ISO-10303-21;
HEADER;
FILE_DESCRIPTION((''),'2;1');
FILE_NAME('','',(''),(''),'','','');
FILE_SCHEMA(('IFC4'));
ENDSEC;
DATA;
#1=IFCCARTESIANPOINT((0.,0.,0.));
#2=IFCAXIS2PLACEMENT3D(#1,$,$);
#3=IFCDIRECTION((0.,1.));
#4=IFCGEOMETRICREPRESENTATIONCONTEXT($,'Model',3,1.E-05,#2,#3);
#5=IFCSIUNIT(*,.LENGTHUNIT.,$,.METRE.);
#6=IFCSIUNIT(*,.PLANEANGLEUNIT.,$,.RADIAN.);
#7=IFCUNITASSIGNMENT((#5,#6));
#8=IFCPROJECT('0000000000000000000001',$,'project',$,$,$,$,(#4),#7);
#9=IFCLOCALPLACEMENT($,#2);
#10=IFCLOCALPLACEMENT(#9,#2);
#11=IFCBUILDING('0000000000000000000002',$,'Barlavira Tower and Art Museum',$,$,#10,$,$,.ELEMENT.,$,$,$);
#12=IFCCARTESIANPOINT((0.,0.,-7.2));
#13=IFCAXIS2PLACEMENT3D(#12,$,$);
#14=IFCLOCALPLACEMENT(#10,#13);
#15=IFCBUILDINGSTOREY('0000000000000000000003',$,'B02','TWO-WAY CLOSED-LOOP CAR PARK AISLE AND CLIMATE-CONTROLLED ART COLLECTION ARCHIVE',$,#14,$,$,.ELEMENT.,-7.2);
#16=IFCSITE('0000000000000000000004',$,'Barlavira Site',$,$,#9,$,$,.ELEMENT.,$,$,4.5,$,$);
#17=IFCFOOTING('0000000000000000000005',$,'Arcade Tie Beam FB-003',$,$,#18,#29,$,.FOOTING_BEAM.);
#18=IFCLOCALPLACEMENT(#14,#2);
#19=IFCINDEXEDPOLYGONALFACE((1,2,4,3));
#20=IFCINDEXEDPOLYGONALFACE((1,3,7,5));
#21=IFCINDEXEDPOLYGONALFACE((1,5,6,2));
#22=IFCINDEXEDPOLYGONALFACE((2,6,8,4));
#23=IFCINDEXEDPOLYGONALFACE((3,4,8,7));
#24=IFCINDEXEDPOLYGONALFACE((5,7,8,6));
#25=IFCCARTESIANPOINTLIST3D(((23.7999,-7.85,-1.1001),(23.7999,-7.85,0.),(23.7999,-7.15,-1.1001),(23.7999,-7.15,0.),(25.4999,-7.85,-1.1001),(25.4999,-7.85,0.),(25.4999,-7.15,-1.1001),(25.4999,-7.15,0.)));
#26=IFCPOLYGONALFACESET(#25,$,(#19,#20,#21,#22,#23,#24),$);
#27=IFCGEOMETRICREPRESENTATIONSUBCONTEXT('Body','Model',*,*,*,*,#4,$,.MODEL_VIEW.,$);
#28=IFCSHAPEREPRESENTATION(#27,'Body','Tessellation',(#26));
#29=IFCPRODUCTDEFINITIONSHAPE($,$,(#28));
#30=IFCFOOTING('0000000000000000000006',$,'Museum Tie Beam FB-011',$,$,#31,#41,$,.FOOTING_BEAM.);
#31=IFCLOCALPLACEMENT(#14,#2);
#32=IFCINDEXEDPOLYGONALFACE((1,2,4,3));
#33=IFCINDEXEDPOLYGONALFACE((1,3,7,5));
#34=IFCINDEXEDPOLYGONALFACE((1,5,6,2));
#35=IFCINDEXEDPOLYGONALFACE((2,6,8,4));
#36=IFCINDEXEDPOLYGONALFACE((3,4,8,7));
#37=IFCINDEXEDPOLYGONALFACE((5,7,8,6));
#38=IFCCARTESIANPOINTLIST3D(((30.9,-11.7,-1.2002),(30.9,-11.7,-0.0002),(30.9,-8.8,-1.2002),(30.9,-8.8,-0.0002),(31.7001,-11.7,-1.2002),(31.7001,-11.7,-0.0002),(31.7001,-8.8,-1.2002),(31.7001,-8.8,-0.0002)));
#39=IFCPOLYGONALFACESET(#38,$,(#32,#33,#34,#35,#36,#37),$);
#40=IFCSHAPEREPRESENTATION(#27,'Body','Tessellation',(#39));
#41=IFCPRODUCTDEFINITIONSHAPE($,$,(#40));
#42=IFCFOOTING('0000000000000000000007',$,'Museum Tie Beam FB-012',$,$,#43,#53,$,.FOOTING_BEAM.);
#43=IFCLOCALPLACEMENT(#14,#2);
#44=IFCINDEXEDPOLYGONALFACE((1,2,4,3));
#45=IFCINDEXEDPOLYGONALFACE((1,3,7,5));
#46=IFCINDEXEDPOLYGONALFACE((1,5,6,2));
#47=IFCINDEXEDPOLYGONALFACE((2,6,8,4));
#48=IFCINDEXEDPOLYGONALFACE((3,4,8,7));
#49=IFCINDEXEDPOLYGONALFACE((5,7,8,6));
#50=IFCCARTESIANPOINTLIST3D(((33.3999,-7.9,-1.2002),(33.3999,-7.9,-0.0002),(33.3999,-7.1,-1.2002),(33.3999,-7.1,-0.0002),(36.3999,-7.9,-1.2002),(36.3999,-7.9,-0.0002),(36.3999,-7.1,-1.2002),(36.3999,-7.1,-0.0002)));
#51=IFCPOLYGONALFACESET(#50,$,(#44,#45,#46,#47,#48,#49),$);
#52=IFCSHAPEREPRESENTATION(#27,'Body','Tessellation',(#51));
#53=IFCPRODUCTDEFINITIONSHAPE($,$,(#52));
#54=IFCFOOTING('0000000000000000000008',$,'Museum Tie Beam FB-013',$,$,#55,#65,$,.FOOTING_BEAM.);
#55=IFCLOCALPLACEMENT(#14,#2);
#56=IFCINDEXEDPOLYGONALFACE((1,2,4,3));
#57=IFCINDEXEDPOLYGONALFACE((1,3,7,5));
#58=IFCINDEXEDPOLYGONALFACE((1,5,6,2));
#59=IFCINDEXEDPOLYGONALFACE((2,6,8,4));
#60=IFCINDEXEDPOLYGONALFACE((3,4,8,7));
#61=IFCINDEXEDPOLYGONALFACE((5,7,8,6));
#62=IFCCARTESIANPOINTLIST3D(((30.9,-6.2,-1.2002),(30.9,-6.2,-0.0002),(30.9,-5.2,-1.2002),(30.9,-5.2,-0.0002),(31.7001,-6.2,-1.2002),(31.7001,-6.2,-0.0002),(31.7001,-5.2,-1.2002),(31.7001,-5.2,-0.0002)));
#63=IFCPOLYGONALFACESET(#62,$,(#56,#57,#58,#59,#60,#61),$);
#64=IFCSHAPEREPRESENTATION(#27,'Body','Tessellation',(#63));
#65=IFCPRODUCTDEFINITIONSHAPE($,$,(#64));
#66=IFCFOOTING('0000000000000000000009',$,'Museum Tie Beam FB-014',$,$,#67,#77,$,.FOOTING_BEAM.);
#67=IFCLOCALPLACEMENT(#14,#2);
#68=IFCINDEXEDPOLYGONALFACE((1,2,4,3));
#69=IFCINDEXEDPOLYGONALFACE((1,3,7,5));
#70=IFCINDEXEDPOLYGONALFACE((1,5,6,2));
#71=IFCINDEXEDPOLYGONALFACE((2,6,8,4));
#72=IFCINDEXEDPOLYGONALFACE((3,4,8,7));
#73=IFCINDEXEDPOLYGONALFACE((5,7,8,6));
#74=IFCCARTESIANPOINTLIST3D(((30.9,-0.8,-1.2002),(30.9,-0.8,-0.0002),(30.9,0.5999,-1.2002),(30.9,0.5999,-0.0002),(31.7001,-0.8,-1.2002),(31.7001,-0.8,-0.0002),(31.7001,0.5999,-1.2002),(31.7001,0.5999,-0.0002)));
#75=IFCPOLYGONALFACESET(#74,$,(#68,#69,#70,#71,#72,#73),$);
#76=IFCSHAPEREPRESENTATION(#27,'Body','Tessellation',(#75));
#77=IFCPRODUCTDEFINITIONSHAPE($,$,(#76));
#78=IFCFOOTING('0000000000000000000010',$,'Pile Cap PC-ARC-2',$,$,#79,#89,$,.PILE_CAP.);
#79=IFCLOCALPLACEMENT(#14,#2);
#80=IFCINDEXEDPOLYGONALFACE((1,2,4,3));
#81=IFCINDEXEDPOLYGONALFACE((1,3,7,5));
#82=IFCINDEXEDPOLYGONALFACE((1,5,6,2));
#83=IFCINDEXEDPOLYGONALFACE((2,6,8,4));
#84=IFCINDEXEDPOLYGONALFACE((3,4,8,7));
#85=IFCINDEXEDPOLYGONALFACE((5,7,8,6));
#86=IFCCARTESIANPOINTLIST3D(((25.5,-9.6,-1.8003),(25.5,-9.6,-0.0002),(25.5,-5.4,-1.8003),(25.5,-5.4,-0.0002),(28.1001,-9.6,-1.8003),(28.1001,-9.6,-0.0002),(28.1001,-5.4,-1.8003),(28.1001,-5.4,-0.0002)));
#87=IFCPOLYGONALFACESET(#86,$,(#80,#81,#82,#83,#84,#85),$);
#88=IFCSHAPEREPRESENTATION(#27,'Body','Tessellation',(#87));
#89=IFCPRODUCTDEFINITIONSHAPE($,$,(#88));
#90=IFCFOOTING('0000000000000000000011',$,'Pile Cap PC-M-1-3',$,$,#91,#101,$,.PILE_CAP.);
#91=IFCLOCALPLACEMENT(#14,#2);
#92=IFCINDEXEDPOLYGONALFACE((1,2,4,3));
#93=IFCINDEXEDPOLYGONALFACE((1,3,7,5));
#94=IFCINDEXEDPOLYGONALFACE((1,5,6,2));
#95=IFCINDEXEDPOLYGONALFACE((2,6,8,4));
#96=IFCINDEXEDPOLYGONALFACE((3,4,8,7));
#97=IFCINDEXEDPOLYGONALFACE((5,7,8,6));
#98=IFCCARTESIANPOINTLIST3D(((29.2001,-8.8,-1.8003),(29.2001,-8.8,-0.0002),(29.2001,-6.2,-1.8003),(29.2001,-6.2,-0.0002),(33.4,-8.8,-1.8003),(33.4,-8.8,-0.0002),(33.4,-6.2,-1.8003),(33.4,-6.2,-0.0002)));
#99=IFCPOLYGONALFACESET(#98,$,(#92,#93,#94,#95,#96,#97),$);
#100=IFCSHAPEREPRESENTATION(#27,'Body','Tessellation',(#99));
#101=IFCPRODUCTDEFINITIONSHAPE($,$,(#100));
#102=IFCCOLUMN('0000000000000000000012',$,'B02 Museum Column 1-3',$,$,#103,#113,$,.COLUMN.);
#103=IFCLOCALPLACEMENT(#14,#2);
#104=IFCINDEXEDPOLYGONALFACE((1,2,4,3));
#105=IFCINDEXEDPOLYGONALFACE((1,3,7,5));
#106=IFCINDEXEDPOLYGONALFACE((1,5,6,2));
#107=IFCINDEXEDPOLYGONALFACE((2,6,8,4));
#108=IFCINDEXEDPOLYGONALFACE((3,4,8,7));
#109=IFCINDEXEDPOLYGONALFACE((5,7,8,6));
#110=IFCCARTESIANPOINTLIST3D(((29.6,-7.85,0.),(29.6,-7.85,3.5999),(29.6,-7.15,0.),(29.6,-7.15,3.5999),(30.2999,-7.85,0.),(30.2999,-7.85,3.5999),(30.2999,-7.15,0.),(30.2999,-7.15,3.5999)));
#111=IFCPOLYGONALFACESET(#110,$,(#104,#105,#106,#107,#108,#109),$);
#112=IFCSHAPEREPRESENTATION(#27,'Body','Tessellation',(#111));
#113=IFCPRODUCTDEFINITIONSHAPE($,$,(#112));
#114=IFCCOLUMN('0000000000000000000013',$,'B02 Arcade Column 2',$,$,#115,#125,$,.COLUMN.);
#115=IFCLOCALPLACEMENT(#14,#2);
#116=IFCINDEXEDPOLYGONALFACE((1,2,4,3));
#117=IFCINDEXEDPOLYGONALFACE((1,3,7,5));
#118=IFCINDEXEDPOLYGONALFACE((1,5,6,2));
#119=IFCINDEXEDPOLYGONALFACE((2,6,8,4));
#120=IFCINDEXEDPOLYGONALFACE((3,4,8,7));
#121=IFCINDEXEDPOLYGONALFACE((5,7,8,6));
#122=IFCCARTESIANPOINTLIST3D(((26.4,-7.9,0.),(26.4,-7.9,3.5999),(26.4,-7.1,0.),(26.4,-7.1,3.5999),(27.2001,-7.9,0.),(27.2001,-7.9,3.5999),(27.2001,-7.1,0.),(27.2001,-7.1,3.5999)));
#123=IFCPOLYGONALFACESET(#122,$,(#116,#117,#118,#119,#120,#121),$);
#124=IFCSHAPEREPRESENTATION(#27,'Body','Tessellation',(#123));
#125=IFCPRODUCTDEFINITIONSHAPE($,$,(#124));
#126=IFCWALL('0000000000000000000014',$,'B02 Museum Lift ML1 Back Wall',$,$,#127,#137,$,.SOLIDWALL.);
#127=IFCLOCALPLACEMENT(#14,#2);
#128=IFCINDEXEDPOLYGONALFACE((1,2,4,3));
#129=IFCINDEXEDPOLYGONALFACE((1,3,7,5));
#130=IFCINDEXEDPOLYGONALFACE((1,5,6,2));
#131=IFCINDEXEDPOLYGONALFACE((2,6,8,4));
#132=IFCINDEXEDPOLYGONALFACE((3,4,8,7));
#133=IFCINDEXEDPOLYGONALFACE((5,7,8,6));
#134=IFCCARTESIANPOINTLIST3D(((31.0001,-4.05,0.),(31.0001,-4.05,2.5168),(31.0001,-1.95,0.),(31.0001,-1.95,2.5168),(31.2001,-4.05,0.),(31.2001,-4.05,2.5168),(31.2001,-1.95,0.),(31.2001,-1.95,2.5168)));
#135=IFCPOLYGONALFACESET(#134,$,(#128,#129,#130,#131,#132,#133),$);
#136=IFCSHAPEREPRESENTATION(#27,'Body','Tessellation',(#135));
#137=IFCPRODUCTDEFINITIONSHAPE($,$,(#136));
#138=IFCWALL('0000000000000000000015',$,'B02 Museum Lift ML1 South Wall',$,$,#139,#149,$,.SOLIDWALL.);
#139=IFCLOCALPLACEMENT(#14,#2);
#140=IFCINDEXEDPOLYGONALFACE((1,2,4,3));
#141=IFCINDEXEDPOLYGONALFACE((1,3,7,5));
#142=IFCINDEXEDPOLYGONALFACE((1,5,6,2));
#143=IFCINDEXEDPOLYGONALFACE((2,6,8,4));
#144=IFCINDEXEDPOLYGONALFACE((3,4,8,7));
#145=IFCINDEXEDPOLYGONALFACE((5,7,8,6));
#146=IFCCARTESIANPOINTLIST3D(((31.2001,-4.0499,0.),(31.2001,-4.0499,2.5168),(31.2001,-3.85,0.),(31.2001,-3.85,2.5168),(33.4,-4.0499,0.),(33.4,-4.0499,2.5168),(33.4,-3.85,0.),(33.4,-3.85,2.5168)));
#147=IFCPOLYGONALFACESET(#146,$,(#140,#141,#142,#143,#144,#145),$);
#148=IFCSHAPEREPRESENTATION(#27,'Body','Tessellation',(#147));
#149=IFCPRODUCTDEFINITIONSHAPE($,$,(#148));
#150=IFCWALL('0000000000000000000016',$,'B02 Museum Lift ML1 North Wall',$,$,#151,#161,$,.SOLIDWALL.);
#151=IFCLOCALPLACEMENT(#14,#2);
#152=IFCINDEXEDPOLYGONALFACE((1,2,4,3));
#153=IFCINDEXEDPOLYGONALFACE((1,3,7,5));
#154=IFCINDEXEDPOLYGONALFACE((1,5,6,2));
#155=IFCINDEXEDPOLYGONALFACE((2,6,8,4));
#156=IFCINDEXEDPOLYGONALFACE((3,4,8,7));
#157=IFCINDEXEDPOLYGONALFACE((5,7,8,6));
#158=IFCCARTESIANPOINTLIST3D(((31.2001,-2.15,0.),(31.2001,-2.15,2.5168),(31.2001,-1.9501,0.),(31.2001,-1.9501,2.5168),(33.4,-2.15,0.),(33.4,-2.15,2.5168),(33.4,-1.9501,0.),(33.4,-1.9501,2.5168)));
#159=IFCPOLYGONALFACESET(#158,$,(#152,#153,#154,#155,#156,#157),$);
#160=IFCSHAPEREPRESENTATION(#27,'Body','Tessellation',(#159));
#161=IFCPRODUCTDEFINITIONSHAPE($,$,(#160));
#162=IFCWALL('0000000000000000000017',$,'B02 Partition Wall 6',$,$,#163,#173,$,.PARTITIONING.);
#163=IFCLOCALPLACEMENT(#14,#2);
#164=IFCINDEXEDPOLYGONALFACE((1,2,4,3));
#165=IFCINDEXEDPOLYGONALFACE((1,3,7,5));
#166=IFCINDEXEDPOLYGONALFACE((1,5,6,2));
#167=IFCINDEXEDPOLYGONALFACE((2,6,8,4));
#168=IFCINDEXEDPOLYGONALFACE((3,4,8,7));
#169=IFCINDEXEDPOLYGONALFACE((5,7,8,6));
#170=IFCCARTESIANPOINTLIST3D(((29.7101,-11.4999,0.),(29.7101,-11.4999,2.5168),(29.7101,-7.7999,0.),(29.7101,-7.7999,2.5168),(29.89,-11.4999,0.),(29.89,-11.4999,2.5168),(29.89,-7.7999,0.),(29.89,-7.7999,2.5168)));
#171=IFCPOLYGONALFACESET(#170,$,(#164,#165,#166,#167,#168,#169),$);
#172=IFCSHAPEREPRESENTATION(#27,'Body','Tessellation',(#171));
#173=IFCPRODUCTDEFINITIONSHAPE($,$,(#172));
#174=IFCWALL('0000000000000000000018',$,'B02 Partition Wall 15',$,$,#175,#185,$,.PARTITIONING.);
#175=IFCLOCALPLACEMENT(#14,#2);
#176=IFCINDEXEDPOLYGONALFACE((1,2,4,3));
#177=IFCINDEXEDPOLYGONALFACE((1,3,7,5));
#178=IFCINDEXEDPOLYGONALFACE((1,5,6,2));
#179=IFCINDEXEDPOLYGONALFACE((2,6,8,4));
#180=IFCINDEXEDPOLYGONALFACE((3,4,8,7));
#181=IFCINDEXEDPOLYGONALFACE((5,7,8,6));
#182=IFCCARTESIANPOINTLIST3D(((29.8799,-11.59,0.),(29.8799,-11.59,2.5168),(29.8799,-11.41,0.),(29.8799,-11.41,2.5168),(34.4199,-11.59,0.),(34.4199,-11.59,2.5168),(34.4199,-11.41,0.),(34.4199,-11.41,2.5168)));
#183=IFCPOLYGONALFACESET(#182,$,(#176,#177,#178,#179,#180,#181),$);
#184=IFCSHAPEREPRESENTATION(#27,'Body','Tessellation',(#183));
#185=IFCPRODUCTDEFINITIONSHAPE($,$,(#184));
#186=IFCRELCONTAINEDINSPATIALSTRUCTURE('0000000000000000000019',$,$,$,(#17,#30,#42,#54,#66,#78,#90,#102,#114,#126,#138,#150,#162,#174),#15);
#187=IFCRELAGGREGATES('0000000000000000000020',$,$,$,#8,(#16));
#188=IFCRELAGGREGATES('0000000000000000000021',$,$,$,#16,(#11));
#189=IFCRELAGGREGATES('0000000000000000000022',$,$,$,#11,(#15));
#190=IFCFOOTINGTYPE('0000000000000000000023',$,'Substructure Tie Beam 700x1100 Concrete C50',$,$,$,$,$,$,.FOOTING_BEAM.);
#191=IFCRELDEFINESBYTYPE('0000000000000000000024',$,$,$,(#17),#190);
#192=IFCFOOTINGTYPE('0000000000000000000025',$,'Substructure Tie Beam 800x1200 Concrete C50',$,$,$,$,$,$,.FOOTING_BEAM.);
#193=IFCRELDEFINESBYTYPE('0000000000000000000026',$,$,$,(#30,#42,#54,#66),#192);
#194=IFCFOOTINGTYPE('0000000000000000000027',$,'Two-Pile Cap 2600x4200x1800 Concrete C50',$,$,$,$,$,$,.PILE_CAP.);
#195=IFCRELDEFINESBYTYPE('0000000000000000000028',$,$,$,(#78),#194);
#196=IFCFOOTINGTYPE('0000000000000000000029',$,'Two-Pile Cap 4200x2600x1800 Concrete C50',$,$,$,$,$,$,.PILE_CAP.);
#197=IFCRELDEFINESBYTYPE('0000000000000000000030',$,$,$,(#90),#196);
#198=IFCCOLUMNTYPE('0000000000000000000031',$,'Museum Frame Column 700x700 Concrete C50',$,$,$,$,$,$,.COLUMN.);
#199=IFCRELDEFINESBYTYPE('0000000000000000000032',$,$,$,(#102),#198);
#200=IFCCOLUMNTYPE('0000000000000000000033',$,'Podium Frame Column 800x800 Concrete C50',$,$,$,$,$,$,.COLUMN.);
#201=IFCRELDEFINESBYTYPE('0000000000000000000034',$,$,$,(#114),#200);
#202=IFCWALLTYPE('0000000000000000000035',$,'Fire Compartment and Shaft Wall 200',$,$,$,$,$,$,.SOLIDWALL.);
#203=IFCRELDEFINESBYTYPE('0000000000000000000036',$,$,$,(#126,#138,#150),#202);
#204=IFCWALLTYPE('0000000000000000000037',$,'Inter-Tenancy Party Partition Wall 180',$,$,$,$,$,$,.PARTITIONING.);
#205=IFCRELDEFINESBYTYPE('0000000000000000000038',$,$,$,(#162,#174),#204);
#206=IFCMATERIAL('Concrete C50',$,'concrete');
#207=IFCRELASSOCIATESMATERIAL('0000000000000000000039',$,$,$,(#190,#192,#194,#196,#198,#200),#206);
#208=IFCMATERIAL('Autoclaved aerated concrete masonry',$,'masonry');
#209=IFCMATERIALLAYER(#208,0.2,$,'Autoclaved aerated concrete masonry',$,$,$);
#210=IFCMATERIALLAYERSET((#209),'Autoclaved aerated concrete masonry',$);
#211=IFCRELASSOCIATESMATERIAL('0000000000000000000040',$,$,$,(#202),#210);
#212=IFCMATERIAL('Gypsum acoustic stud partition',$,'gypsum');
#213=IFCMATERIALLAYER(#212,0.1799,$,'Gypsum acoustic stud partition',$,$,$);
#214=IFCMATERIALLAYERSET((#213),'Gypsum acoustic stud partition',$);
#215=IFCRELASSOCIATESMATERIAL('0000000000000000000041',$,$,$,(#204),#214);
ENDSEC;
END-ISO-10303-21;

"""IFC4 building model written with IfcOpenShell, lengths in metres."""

from ifc_helpers import new_model, si_unit, direction, frame, frame_2d, origin, origin_2d, place, context, subcontext, project, spatial, rectangle, extrude, material, layer, layer_set, material_profile, profile_set, type_object, element, save


model = new_model("IFC4")

# Units and contexts
model_context = context("Model", 3, precision=1e-05, world=origin(), true_north=direction((0.0, 1.0)))
body_context = subcontext(model_context, "Body", "Model", "MODEL_VIEW")
ifc_project = project(units=[si_unit("LENGTHUNIT", "METRE"), si_unit("PLANEANGLEUNIT", "RADIAN")], contexts=[model_context])

# Site, building, storey
site_placement = place(None, origin())
site = spatial("IfcSite", under=ifc_project, at=site_placement, Name="Barlavira Site", CompositionType="ELEMENT", RefElevation=4.5)
building_placement = place(site_placement, origin())
building = spatial("IfcBuilding", under=site, at=building_placement, Name="Barlavira Tower and Art Museum", CompositionType="ELEMENT")
storey_placement = place(building_placement, frame((0.0, 0.0, -7.2)))
storey = spatial("IfcBuildingStorey", under=building, at=storey_placement, Name="B02", Description="TWO-WAY CLOSED-LOOP CAR PARK AISLE AND CLIMATE-CONTROLLED ART COLLECTION ARCHIVE", CompositionType="ELEMENT", Elevation=-7.2)

# Shared definitions
ifc_material_1 = material(Name="Concrete C50", Category="concrete")

# Footings
footing_type_1 = type_object("IfcFootingType", Name="Substructure Tie Beam 700x1100 Concrete C50", PredefinedType="FOOTING_BEAM", material=ifc_material_1)
footing_1_placement = place(storey_placement, frame((24.6499, -7.5, -1.1001), z_axis=(0.0, 0.0, 1.0), x_axis=(1.0, 0.0, 0.0)))
element("IfcFooting", 1, at=footing_1_placement, inside=storey, type_object=footing_type_1, Name="Arcade Tie Beam FB-003", PredefinedType="FOOTING_BEAM", context=body_context, shape_type="SweptSolid", body=[
    extrude(rectangle(XDim=1.7, YDim=0.7, at=origin_2d()), origin(), (0.0, 0.0, 1.0), 1.1001),
])
footing_type_2 = type_object("IfcFootingType", Name="Substructure Tie Beam 800x1200 Concrete C50", PredefinedType="FOOTING_BEAM", material=ifc_material_1)
footing_2_placement = place(storey_placement, frame((31.3, -10.25, -1.2002), z_axis=(0.0, 0.0, 1.0), x_axis=(1.0, 0.0, 0.0)))
element("IfcFooting", 2, at=footing_2_placement, inside=storey, type_object=footing_type_2, Name="Museum Tie Beam FB-011", PredefinedType="FOOTING_BEAM", context=body_context, shape_type="SweptSolid", body=[
    extrude(rectangle(XDim=0.8, YDim=2.8999, at=origin_2d()), origin(), (0.0, 0.0, 1.0), 1.2),
])
footing_3_placement = place(storey_placement, frame((34.8999, -7.5, -1.2002), z_axis=(0.0, 0.0, 1.0), x_axis=(1.0, 0.0, 0.0)))
element("IfcFooting", 3, at=footing_3_placement, inside=storey, type_object=footing_type_2, Name="Museum Tie Beam FB-012", PredefinedType="FOOTING_BEAM", context=body_context, shape_type="SweptSolid", body=[
    extrude(rectangle(XDim=3.0, YDim=0.8, at=origin_2d()), origin(), (0.0, 0.0, 1.0), 1.2),
])
footing_4_placement = place(storey_placement, frame((31.3, -5.7, -1.2002), z_axis=(0.0, 0.0, 1.0), x_axis=(1.0, 0.0, 0.0)))
element("IfcFooting", 4, at=footing_4_placement, inside=storey, type_object=footing_type_2, Name="Museum Tie Beam FB-013", PredefinedType="FOOTING_BEAM", context=body_context, shape_type="SweptSolid", body=[
    extrude(rectangle(XDim=0.8, YDim=1.0, at=origin_2d()), origin(), (0.0, 0.0, 1.0), 1.2),
])
footing_5_placement = place(storey_placement, frame((31.3, -0.1001, -1.2002), z_axis=(0.0, 0.0, 1.0), x_axis=(1.0, 0.0, 0.0)))
element("IfcFooting", 5, at=footing_5_placement, inside=storey, type_object=footing_type_2, Name="Museum Tie Beam FB-014", PredefinedType="FOOTING_BEAM", context=body_context, shape_type="SweptSolid", body=[
    extrude(rectangle(XDim=0.8, YDim=1.3999, at=origin_2d()), origin(), (0.0, 0.0, 1.0), 1.2),
])
footing_type_3 = type_object("IfcFootingType", Name="Two-Pile Cap 2600x4200x1800 Concrete C50", PredefinedType="PILE_CAP", material=ifc_material_1)
footing_6_placement = place(storey_placement, frame((26.8, -7.5, -1.8003), z_axis=(0.0, 0.0, 1.0), x_axis=(1.0, 0.0, 0.0)))
element("IfcFooting", 6, at=footing_6_placement, inside=storey, type_object=footing_type_3, Name="Pile Cap PC-ARC-2", PredefinedType="PILE_CAP", context=body_context, shape_type="SweptSolid", body=[
    extrude(rectangle(XDim=2.6001, YDim=4.2, at=origin_2d()), origin(), (0.0, 0.0, 1.0), 1.8),
])
footing_type_4 = type_object("IfcFootingType", Name="Two-Pile Cap 4200x2600x1800 Concrete C50", PredefinedType="PILE_CAP", material=ifc_material_1)
footing_7_placement = place(storey_placement, frame((31.3, -7.5, -1.8003), z_axis=(0.0, 0.0, 1.0), x_axis=(1.0, 0.0, 0.0)))
element("IfcFooting", 7, at=footing_7_placement, inside=storey, type_object=footing_type_4, Name="Pile Cap PC-M-1-3", PredefinedType="PILE_CAP", context=body_context, shape_type="SweptSolid", body=[
    extrude(rectangle(XDim=4.2, YDim=2.6001, at=origin_2d()), origin(), (0.0, 0.0, 1.0), 1.8),
])

# Columns
ifc_material_profile_1 = material_profile(ifc_material_1, rectangle(XDim=0.7, YDim=0.7, at=origin_2d()), Name="RC-COL 700x700")
ifc_profile_set_1 = profile_set([ifc_material_profile_1], Name="Concrete C50")
column_type_1 = type_object("IfcColumnType", Name="Museum Frame Column 700x700 Concrete C50", PredefinedType="COLUMN", material=ifc_profile_set_1)
column_1_placement = place(storey_placement, frame((29.95, -7.5, 0.0), z_axis=(0.0, 0.0, 1.0), x_axis=(1.0, 0.0, 0.0)))
element("IfcColumn", 8, at=column_1_placement, inside=storey, type_object=column_type_1, Name="B02 Museum Column 1-3", PredefinedType="COLUMN", context=body_context, shape_type="SweptSolid", body=[
    extrude(rectangle(XDim=0.7, YDim=0.7, at=origin_2d()), origin(), (0.0, 0.0, 1.0), 3.5999),
])
ifc_material_profile_2 = material_profile(ifc_material_1, rectangle(XDim=0.8, YDim=0.8, at=origin_2d()), Name="RC-COL 800x800")
ifc_profile_set_2 = profile_set([ifc_material_profile_2], Name="Concrete C50")
column_type_2 = type_object("IfcColumnType", Name="Podium Frame Column 800x800 Concrete C50", PredefinedType="COLUMN", material=ifc_profile_set_2)
column_2_placement = place(storey_placement, frame((26.8, -7.5, 0.0), z_axis=(0.0, 0.0, 1.0), x_axis=(1.0, 0.0, 0.0)))
element("IfcColumn", 9, at=column_2_placement, inside=storey, type_object=column_type_2, Name="B02 Arcade Column 2", PredefinedType="COLUMN", context=body_context, shape_type="SweptSolid", body=[
    extrude(rectangle(XDim=0.8, YDim=0.8, at=origin_2d()), origin(), (0.0, 0.0, 1.0), 3.5999),
])

# Shared definitions
ifc_material_2 = material(Name="Autoclaved aerated concrete masonry", Category="masonry")
ifc_layer_1 = layer(ifc_material_2, 0.2, Name="Autoclaved aerated concrete masonry")
ifc_layer_set_1 = layer_set([ifc_layer_1], Name="Autoclaved aerated concrete masonry")
wall_type_1 = type_object("IfcWallType", Name="Fire Compartment and Shaft Wall 200", PredefinedType="SOLIDWALL", material=ifc_layer_set_1)

# Walls
wall_1_placement = place(storey_placement, frame((31.1001, -4.05, 0.0), z_axis=(0.0, 0.0, 1.0), x_axis=(0.0, 1.0, 0.0)))
element("IfcWall", 10, at=wall_1_placement, inside=storey, type_object=wall_type_1, Name="B02 Museum Lift ML1 Back Wall", PredefinedType="SOLIDWALL", context=body_context, shape_type="SweptSolid", body=[
    extrude(rectangle(XDim=2.1001, YDim=0.2, at=frame_2d((1.05, 0.0))), origin(), (0.0, 0.0, 1.0), 2.5168),
])
for number, where, z_axis, x_axis, name in (
    (11, (31.2, -3.95, 0.0), (0.0, 0.0, 1.0), (1.0, 0.0, 0.0), "B02 Museum Lift ML1 South Wall"),
    (12, (31.2, -2.05, 0.0), (0.0, 0.0, 1.0), (1.0, 0.0, 0.0), "B02 Museum Lift ML1 North Wall"),
):
    element("IfcWall", number, at=place(storey_placement, frame(where, z_axis=z_axis, x_axis=x_axis)), inside=storey, type_object=wall_type_1, Name=name, PredefinedType="SOLIDWALL", context=body_context, shape_type="SweptSolid", body=[
        extrude(rectangle(XDim=2.2, YDim=0.2, at=frame_2d((1.1001, 0.0))), origin(), (0.0, 0.0, 1.0), 2.5168),
    ])
ifc_material_3 = material(Name="Gypsum acoustic stud partition", Category="gypsum")
ifc_layer_2 = layer(ifc_material_3, 0.1799, Name="Gypsum acoustic stud partition")
ifc_layer_set_2 = layer_set([ifc_layer_2], Name="Gypsum acoustic stud partition")
wall_type_2 = type_object("IfcWallType", Name="Inter-Tenancy Party Partition Wall 180", PredefinedType="PARTITIONING", material=ifc_layer_set_2)
wall_2_placement = place(storey_placement, frame((29.8, -11.5, 0.0), z_axis=(0.0, 0.0, 1.0), x_axis=(0.0, 1.0, 0.0)))
element("IfcWall", 13, at=wall_2_placement, inside=storey, type_object=wall_type_2, Name="B02 Partition Wall 6", PredefinedType="PARTITIONING", context=body_context, shape_type="SweptSolid", body=[
    extrude(rectangle(XDim=3.7, YDim=0.1799, at=frame_2d((1.8501, 0.0))), origin(), (0.0, 0.0, 1.0), 2.5168),
])

# Wall
for number, where, z_axis, x_axis, name in (
    (14, (29.8799, -11.5, 0.0), (0.0, 0.0, 1.0), (1.0, 0.0, 0.0), "B02 Partition Wall 15"),
):
    element("IfcWall", number, at=place(storey_placement, frame(where, z_axis=z_axis, x_axis=x_axis)), inside=storey, type_object=wall_type_2, Name=name, PredefinedType="PARTITIONING", context=body_context, shape_type="SweptSolid", body=[
        extrude(rectangle(XDim=4.54, YDim=0.1799, at=frame_2d((2.27, 0.0))), origin(), (0.0, 0.0, 1.0), 2.5168),
    ])

save(model, "model.ifc")
